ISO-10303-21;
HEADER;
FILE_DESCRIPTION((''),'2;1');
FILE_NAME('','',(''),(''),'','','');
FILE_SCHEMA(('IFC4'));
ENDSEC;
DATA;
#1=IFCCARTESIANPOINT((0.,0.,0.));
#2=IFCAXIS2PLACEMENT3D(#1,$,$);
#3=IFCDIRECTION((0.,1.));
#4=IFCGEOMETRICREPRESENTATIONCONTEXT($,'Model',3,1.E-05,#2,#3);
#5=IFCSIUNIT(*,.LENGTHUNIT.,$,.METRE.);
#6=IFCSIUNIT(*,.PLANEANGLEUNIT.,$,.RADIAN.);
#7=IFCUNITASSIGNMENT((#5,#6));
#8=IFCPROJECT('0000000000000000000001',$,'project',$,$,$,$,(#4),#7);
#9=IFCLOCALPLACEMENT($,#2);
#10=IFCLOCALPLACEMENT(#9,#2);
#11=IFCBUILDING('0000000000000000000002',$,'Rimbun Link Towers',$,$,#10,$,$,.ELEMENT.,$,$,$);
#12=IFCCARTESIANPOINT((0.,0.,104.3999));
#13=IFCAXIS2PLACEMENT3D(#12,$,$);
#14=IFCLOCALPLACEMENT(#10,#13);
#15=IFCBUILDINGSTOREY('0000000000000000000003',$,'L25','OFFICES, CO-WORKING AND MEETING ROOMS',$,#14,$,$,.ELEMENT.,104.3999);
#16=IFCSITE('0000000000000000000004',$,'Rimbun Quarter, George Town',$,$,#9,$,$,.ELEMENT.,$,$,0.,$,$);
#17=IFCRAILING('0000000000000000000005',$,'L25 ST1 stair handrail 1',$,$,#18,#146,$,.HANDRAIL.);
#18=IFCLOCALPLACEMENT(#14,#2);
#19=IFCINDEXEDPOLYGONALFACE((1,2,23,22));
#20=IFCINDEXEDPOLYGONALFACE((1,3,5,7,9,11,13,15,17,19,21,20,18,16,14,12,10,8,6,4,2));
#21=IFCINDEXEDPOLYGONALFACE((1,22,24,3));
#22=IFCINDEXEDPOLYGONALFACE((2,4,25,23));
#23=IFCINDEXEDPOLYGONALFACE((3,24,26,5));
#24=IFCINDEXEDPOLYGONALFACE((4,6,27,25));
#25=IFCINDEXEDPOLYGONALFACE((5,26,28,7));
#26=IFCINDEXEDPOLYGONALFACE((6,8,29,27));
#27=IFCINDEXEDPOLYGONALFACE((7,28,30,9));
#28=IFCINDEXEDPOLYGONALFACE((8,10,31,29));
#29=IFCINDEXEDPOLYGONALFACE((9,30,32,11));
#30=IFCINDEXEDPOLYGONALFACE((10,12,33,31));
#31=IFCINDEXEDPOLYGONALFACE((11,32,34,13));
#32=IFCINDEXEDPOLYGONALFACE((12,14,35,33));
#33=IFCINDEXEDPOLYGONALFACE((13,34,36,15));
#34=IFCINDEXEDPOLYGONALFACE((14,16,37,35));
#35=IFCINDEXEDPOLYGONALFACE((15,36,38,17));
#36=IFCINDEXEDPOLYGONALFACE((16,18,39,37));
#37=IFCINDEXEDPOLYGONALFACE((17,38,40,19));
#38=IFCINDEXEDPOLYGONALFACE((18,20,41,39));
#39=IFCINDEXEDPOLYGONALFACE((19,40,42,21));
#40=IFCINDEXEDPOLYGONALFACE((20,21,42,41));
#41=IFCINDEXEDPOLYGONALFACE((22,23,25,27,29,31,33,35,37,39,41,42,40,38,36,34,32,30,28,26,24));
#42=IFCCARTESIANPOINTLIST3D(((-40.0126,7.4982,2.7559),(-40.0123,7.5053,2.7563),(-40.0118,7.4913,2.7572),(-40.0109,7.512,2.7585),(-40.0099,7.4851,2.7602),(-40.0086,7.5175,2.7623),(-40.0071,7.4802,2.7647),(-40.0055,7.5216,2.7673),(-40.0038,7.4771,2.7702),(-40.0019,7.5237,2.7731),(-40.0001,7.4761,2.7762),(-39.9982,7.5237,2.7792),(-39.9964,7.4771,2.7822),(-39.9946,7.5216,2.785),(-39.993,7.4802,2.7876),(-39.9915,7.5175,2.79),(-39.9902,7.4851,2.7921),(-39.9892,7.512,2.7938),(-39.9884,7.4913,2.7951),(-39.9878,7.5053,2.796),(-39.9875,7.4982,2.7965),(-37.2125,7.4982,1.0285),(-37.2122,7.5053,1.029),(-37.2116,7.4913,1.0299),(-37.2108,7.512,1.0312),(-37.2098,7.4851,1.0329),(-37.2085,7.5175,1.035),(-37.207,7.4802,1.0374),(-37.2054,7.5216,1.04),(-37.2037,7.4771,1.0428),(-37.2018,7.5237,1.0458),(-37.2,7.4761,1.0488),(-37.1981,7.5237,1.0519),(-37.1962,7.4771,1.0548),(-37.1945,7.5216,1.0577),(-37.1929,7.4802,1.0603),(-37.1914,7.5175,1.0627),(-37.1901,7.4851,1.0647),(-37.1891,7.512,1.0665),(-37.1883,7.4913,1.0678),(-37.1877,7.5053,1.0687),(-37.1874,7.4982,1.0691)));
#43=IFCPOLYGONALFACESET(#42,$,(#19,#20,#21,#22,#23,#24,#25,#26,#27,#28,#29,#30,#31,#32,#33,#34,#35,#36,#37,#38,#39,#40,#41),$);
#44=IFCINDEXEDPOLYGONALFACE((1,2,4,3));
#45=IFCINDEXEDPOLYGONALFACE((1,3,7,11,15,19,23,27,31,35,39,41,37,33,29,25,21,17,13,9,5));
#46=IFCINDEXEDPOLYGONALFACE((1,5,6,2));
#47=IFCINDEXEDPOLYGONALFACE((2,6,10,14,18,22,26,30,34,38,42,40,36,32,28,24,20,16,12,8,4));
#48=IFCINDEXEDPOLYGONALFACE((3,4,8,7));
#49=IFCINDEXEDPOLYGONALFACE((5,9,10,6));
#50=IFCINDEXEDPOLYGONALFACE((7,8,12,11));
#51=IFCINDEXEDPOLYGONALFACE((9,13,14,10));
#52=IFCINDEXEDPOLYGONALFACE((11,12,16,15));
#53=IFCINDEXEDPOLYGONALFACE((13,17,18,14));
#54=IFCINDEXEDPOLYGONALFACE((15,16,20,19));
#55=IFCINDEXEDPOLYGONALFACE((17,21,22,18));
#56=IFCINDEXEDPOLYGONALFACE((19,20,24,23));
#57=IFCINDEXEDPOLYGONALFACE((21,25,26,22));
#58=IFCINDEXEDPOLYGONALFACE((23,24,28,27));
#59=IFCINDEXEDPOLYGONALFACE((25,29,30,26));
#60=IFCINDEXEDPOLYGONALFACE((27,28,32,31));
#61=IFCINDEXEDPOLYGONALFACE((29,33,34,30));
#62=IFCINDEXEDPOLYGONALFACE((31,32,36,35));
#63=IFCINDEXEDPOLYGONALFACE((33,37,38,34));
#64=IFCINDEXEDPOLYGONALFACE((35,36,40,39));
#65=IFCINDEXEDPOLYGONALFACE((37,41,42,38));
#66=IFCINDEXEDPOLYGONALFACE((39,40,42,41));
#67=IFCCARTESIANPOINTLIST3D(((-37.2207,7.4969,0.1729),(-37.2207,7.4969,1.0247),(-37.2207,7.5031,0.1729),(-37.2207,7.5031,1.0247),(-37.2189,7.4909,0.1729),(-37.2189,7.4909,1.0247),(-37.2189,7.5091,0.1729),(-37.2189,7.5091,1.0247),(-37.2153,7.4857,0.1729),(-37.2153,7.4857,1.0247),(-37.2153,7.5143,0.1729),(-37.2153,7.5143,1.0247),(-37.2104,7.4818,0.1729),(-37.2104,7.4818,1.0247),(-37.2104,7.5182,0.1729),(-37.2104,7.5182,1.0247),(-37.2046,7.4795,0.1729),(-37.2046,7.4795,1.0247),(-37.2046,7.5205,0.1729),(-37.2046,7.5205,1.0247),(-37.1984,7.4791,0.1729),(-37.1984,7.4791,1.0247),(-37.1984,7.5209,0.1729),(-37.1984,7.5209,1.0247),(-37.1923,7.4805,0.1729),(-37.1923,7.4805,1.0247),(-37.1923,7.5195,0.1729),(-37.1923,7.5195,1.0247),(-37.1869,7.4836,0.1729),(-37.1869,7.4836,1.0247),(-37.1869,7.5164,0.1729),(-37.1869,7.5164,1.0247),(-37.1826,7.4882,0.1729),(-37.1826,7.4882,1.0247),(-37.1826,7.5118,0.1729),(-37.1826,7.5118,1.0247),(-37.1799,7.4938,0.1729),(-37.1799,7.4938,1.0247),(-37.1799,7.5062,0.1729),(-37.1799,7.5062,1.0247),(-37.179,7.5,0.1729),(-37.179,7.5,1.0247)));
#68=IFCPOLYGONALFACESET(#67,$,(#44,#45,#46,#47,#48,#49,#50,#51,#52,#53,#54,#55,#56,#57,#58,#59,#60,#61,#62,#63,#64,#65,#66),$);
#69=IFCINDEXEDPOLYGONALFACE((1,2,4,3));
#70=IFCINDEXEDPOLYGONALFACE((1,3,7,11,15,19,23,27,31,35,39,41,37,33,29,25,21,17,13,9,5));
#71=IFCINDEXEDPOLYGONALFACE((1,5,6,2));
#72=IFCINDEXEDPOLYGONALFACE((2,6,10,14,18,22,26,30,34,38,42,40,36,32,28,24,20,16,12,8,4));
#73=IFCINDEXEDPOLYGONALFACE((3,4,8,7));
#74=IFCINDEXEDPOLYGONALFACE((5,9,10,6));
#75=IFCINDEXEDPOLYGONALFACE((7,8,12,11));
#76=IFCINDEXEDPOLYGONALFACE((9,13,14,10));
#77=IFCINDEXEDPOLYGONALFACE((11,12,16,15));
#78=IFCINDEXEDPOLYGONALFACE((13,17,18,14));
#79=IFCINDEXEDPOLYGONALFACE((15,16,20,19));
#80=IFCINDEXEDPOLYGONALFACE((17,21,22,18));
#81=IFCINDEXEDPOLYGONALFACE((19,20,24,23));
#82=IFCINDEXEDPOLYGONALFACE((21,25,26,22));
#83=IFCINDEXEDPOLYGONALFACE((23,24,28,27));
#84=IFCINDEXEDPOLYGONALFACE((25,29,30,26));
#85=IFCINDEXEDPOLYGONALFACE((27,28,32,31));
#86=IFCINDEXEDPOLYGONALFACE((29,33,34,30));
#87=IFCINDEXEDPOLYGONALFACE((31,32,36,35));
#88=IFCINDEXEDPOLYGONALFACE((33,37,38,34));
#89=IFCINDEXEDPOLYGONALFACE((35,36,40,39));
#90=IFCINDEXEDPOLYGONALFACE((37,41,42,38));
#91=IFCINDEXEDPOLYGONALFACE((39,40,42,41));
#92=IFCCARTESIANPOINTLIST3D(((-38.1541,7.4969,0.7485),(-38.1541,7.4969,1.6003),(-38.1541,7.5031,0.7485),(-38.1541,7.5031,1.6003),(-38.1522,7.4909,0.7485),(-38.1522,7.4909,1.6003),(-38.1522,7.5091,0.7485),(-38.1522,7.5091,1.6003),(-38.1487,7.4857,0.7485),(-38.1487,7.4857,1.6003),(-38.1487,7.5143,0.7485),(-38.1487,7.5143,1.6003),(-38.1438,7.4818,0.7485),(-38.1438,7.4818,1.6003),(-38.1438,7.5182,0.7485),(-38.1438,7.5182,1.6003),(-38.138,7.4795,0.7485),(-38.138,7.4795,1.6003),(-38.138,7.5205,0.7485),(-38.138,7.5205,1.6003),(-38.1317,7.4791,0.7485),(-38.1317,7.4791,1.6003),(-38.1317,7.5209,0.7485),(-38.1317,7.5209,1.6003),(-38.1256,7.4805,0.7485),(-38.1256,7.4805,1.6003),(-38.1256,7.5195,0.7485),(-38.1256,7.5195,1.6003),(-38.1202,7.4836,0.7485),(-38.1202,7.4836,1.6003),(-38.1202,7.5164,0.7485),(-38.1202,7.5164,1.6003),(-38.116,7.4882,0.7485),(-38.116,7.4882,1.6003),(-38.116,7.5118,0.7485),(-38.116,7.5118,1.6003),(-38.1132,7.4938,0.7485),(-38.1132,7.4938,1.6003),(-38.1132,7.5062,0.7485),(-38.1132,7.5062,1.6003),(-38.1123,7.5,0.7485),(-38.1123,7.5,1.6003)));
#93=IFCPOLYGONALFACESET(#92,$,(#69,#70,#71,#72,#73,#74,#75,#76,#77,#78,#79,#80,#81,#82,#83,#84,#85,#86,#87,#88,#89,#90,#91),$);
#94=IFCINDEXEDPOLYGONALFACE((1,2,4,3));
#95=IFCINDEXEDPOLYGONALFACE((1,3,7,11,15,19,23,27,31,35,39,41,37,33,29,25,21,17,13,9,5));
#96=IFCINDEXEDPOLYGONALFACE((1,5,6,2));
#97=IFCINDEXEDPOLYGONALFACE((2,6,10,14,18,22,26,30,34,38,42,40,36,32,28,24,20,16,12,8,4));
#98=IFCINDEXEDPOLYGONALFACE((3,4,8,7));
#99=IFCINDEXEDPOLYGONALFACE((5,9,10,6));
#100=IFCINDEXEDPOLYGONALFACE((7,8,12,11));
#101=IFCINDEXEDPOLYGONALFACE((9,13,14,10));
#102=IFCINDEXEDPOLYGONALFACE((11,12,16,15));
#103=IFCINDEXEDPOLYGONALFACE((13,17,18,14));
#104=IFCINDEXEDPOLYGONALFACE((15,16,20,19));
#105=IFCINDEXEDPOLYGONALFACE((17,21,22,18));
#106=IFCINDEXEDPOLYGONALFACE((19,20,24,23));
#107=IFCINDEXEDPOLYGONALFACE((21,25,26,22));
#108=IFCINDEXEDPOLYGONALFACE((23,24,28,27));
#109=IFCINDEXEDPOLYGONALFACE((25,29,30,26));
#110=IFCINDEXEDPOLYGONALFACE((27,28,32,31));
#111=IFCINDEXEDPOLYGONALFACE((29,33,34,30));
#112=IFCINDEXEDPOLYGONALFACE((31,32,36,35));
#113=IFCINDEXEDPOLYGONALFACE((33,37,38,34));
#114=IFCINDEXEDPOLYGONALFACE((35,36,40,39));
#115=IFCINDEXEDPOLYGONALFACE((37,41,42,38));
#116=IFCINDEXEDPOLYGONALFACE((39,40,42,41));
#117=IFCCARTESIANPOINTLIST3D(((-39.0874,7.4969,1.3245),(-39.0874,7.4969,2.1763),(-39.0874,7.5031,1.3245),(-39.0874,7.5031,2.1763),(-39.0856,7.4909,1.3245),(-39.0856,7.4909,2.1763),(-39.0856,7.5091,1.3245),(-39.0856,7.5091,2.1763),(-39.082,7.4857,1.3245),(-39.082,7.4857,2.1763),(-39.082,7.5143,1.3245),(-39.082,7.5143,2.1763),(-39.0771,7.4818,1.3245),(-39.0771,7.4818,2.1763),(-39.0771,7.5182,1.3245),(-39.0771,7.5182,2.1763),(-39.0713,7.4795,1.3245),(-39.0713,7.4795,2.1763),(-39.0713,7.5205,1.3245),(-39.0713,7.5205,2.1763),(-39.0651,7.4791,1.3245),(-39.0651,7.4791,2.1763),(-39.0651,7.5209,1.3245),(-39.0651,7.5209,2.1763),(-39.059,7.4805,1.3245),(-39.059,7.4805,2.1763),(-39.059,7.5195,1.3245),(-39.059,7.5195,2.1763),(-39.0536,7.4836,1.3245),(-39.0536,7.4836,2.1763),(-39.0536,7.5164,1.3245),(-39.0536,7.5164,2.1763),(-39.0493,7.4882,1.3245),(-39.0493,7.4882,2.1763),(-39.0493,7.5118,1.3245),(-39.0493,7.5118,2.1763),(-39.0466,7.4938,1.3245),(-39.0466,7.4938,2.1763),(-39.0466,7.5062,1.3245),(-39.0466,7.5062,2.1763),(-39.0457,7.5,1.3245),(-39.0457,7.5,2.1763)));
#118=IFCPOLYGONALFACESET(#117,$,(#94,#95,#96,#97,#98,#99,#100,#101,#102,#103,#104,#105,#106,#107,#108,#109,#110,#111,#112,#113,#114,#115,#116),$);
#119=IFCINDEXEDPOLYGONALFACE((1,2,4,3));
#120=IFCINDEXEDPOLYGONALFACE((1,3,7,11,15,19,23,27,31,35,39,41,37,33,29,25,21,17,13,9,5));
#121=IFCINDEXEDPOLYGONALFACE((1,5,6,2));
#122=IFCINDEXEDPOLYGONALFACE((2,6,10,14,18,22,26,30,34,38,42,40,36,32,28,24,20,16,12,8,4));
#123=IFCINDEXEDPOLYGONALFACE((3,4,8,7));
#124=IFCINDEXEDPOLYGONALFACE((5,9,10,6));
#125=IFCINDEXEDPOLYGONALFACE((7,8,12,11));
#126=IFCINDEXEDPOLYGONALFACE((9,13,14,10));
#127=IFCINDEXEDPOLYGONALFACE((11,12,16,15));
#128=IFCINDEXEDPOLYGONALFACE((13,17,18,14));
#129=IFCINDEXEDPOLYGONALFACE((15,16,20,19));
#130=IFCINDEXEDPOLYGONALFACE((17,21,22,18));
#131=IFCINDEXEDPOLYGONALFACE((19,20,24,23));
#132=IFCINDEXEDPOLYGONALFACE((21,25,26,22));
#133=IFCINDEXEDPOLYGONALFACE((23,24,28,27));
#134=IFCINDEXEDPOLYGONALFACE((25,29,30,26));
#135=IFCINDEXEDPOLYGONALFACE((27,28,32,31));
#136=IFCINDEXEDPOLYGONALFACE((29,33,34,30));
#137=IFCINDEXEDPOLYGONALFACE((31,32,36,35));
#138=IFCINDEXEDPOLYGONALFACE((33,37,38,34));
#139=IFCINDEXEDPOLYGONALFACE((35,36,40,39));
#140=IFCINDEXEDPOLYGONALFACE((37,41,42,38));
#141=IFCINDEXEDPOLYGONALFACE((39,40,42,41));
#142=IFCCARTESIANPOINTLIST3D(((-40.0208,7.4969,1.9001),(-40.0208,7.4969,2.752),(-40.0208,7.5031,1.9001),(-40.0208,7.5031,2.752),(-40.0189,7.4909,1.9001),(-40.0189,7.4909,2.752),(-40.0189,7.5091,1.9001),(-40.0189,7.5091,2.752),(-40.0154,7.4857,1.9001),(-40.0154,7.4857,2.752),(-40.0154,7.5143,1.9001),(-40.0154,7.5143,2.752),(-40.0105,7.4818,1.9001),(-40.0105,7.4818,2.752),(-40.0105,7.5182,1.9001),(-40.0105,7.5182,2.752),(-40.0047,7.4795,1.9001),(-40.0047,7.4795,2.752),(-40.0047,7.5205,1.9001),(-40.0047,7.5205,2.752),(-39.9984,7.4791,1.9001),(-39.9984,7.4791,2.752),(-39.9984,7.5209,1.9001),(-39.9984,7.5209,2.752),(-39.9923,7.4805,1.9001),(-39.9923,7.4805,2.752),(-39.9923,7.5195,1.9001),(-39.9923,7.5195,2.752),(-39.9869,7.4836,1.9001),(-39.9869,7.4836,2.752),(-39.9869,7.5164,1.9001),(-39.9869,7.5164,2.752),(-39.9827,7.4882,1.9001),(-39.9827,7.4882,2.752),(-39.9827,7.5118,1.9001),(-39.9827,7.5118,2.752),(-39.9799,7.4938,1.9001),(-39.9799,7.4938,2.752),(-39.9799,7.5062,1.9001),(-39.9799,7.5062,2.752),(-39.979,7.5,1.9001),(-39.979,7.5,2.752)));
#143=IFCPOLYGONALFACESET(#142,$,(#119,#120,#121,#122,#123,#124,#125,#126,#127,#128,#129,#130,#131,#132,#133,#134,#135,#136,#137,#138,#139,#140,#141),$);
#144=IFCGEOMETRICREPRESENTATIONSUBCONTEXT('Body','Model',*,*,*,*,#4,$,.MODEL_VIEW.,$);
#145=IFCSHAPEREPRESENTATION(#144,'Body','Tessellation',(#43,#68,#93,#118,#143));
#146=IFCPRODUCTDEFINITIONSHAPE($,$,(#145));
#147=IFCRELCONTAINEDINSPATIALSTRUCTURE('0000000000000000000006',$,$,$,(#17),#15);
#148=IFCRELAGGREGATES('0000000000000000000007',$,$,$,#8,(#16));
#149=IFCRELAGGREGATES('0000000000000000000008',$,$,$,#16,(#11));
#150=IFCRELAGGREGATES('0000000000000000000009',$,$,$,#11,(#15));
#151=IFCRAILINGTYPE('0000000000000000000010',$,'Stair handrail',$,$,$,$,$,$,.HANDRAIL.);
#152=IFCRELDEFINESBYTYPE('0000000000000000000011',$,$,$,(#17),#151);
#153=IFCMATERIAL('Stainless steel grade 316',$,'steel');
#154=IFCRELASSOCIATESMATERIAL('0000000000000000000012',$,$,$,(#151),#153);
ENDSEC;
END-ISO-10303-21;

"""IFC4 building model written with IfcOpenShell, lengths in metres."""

from ifc_helpers import new_model, si_unit, direction, frame, origin, origin_2d, place, context, subcontext, project, spatial, circle, extrude, material, type_object, element, save


model = new_model("IFC4")

# Units and contexts
model_context = context("Model", 3, precision=1e-05, world=origin(), true_north=direction((0.0, 1.0)))
body_context = subcontext(model_context, "Body", "Model", "MODEL_VIEW")
ifc_project = project(units=[si_unit("LENGTHUNIT", "METRE"), si_unit("PLANEANGLEUNIT", "RADIAN")], contexts=[model_context])

# Site, building, storey
site_placement = place(None, origin())
site = spatial("IfcSite", under=ifc_project, at=site_placement, Name="Rimbun Quarter, George Town", CompositionType="ELEMENT", RefElevation=0.0)
building_placement = place(site_placement, origin())
building = spatial("IfcBuilding", under=site, at=building_placement, Name="Rimbun Link Towers", CompositionType="ELEMENT")
storey_placement = place(building_placement, frame((0.0, 0.0, 104.3999)))
storey = spatial("IfcBuildingStorey", under=building, at=storey_placement, Name="L25", Description="OFFICES, CO-WORKING AND MEETING ROOMS", CompositionType="ELEMENT", Elevation=104.3999)

# Railing
ifc_material_1 = material(Name="Stainless steel grade 316", Category="steel")
railing_type_1 = type_object("IfcRailingType", Name="Stair handrail", PredefinedType="HANDRAIL", material=ifc_material_1)
railing_1_placement = place(storey_placement, frame((-37.2, 7.5, 0.1729)))
element("IfcRailing", 1, at=railing_1_placement, inside=storey, type_object=railing_type_1, Name="L25 ST1 stair handrail 1", PredefinedType="HANDRAIL", context=body_context, shape_type="SweptSolid", body=[
    extrude(circle(Radius=0.0239, at=origin_2d()), frame((0.0, 0.0, 0.876), z_axis=(-0.85109, 0.0, 0.52502), x_axis=(0.0, -1.0, 0.0)), (0.0, 0.0, 1.0), 3.29),
    extrude(circle(Radius=0.021, at=origin_2d()), origin(), (0.0, 0.0, 1.0), 0.8518),
    extrude(circle(Radius=0.021, at=origin_2d()), frame((-0.9333, 0.0, 0.5757)), (0.0, 0.0, 1.0), 0.8518),
    extrude(circle(Radius=0.021, at=origin_2d()), frame((-1.8667, 0.0, 1.1516)), (0.0, 0.0, 1.0), 0.8518),
    extrude(circle(Radius=0.021, at=origin_2d()), frame((-2.8, 0.0, 1.7273)), (0.0, 0.0, 1.0), 0.8518),
])

save(model, "model.ifc")
